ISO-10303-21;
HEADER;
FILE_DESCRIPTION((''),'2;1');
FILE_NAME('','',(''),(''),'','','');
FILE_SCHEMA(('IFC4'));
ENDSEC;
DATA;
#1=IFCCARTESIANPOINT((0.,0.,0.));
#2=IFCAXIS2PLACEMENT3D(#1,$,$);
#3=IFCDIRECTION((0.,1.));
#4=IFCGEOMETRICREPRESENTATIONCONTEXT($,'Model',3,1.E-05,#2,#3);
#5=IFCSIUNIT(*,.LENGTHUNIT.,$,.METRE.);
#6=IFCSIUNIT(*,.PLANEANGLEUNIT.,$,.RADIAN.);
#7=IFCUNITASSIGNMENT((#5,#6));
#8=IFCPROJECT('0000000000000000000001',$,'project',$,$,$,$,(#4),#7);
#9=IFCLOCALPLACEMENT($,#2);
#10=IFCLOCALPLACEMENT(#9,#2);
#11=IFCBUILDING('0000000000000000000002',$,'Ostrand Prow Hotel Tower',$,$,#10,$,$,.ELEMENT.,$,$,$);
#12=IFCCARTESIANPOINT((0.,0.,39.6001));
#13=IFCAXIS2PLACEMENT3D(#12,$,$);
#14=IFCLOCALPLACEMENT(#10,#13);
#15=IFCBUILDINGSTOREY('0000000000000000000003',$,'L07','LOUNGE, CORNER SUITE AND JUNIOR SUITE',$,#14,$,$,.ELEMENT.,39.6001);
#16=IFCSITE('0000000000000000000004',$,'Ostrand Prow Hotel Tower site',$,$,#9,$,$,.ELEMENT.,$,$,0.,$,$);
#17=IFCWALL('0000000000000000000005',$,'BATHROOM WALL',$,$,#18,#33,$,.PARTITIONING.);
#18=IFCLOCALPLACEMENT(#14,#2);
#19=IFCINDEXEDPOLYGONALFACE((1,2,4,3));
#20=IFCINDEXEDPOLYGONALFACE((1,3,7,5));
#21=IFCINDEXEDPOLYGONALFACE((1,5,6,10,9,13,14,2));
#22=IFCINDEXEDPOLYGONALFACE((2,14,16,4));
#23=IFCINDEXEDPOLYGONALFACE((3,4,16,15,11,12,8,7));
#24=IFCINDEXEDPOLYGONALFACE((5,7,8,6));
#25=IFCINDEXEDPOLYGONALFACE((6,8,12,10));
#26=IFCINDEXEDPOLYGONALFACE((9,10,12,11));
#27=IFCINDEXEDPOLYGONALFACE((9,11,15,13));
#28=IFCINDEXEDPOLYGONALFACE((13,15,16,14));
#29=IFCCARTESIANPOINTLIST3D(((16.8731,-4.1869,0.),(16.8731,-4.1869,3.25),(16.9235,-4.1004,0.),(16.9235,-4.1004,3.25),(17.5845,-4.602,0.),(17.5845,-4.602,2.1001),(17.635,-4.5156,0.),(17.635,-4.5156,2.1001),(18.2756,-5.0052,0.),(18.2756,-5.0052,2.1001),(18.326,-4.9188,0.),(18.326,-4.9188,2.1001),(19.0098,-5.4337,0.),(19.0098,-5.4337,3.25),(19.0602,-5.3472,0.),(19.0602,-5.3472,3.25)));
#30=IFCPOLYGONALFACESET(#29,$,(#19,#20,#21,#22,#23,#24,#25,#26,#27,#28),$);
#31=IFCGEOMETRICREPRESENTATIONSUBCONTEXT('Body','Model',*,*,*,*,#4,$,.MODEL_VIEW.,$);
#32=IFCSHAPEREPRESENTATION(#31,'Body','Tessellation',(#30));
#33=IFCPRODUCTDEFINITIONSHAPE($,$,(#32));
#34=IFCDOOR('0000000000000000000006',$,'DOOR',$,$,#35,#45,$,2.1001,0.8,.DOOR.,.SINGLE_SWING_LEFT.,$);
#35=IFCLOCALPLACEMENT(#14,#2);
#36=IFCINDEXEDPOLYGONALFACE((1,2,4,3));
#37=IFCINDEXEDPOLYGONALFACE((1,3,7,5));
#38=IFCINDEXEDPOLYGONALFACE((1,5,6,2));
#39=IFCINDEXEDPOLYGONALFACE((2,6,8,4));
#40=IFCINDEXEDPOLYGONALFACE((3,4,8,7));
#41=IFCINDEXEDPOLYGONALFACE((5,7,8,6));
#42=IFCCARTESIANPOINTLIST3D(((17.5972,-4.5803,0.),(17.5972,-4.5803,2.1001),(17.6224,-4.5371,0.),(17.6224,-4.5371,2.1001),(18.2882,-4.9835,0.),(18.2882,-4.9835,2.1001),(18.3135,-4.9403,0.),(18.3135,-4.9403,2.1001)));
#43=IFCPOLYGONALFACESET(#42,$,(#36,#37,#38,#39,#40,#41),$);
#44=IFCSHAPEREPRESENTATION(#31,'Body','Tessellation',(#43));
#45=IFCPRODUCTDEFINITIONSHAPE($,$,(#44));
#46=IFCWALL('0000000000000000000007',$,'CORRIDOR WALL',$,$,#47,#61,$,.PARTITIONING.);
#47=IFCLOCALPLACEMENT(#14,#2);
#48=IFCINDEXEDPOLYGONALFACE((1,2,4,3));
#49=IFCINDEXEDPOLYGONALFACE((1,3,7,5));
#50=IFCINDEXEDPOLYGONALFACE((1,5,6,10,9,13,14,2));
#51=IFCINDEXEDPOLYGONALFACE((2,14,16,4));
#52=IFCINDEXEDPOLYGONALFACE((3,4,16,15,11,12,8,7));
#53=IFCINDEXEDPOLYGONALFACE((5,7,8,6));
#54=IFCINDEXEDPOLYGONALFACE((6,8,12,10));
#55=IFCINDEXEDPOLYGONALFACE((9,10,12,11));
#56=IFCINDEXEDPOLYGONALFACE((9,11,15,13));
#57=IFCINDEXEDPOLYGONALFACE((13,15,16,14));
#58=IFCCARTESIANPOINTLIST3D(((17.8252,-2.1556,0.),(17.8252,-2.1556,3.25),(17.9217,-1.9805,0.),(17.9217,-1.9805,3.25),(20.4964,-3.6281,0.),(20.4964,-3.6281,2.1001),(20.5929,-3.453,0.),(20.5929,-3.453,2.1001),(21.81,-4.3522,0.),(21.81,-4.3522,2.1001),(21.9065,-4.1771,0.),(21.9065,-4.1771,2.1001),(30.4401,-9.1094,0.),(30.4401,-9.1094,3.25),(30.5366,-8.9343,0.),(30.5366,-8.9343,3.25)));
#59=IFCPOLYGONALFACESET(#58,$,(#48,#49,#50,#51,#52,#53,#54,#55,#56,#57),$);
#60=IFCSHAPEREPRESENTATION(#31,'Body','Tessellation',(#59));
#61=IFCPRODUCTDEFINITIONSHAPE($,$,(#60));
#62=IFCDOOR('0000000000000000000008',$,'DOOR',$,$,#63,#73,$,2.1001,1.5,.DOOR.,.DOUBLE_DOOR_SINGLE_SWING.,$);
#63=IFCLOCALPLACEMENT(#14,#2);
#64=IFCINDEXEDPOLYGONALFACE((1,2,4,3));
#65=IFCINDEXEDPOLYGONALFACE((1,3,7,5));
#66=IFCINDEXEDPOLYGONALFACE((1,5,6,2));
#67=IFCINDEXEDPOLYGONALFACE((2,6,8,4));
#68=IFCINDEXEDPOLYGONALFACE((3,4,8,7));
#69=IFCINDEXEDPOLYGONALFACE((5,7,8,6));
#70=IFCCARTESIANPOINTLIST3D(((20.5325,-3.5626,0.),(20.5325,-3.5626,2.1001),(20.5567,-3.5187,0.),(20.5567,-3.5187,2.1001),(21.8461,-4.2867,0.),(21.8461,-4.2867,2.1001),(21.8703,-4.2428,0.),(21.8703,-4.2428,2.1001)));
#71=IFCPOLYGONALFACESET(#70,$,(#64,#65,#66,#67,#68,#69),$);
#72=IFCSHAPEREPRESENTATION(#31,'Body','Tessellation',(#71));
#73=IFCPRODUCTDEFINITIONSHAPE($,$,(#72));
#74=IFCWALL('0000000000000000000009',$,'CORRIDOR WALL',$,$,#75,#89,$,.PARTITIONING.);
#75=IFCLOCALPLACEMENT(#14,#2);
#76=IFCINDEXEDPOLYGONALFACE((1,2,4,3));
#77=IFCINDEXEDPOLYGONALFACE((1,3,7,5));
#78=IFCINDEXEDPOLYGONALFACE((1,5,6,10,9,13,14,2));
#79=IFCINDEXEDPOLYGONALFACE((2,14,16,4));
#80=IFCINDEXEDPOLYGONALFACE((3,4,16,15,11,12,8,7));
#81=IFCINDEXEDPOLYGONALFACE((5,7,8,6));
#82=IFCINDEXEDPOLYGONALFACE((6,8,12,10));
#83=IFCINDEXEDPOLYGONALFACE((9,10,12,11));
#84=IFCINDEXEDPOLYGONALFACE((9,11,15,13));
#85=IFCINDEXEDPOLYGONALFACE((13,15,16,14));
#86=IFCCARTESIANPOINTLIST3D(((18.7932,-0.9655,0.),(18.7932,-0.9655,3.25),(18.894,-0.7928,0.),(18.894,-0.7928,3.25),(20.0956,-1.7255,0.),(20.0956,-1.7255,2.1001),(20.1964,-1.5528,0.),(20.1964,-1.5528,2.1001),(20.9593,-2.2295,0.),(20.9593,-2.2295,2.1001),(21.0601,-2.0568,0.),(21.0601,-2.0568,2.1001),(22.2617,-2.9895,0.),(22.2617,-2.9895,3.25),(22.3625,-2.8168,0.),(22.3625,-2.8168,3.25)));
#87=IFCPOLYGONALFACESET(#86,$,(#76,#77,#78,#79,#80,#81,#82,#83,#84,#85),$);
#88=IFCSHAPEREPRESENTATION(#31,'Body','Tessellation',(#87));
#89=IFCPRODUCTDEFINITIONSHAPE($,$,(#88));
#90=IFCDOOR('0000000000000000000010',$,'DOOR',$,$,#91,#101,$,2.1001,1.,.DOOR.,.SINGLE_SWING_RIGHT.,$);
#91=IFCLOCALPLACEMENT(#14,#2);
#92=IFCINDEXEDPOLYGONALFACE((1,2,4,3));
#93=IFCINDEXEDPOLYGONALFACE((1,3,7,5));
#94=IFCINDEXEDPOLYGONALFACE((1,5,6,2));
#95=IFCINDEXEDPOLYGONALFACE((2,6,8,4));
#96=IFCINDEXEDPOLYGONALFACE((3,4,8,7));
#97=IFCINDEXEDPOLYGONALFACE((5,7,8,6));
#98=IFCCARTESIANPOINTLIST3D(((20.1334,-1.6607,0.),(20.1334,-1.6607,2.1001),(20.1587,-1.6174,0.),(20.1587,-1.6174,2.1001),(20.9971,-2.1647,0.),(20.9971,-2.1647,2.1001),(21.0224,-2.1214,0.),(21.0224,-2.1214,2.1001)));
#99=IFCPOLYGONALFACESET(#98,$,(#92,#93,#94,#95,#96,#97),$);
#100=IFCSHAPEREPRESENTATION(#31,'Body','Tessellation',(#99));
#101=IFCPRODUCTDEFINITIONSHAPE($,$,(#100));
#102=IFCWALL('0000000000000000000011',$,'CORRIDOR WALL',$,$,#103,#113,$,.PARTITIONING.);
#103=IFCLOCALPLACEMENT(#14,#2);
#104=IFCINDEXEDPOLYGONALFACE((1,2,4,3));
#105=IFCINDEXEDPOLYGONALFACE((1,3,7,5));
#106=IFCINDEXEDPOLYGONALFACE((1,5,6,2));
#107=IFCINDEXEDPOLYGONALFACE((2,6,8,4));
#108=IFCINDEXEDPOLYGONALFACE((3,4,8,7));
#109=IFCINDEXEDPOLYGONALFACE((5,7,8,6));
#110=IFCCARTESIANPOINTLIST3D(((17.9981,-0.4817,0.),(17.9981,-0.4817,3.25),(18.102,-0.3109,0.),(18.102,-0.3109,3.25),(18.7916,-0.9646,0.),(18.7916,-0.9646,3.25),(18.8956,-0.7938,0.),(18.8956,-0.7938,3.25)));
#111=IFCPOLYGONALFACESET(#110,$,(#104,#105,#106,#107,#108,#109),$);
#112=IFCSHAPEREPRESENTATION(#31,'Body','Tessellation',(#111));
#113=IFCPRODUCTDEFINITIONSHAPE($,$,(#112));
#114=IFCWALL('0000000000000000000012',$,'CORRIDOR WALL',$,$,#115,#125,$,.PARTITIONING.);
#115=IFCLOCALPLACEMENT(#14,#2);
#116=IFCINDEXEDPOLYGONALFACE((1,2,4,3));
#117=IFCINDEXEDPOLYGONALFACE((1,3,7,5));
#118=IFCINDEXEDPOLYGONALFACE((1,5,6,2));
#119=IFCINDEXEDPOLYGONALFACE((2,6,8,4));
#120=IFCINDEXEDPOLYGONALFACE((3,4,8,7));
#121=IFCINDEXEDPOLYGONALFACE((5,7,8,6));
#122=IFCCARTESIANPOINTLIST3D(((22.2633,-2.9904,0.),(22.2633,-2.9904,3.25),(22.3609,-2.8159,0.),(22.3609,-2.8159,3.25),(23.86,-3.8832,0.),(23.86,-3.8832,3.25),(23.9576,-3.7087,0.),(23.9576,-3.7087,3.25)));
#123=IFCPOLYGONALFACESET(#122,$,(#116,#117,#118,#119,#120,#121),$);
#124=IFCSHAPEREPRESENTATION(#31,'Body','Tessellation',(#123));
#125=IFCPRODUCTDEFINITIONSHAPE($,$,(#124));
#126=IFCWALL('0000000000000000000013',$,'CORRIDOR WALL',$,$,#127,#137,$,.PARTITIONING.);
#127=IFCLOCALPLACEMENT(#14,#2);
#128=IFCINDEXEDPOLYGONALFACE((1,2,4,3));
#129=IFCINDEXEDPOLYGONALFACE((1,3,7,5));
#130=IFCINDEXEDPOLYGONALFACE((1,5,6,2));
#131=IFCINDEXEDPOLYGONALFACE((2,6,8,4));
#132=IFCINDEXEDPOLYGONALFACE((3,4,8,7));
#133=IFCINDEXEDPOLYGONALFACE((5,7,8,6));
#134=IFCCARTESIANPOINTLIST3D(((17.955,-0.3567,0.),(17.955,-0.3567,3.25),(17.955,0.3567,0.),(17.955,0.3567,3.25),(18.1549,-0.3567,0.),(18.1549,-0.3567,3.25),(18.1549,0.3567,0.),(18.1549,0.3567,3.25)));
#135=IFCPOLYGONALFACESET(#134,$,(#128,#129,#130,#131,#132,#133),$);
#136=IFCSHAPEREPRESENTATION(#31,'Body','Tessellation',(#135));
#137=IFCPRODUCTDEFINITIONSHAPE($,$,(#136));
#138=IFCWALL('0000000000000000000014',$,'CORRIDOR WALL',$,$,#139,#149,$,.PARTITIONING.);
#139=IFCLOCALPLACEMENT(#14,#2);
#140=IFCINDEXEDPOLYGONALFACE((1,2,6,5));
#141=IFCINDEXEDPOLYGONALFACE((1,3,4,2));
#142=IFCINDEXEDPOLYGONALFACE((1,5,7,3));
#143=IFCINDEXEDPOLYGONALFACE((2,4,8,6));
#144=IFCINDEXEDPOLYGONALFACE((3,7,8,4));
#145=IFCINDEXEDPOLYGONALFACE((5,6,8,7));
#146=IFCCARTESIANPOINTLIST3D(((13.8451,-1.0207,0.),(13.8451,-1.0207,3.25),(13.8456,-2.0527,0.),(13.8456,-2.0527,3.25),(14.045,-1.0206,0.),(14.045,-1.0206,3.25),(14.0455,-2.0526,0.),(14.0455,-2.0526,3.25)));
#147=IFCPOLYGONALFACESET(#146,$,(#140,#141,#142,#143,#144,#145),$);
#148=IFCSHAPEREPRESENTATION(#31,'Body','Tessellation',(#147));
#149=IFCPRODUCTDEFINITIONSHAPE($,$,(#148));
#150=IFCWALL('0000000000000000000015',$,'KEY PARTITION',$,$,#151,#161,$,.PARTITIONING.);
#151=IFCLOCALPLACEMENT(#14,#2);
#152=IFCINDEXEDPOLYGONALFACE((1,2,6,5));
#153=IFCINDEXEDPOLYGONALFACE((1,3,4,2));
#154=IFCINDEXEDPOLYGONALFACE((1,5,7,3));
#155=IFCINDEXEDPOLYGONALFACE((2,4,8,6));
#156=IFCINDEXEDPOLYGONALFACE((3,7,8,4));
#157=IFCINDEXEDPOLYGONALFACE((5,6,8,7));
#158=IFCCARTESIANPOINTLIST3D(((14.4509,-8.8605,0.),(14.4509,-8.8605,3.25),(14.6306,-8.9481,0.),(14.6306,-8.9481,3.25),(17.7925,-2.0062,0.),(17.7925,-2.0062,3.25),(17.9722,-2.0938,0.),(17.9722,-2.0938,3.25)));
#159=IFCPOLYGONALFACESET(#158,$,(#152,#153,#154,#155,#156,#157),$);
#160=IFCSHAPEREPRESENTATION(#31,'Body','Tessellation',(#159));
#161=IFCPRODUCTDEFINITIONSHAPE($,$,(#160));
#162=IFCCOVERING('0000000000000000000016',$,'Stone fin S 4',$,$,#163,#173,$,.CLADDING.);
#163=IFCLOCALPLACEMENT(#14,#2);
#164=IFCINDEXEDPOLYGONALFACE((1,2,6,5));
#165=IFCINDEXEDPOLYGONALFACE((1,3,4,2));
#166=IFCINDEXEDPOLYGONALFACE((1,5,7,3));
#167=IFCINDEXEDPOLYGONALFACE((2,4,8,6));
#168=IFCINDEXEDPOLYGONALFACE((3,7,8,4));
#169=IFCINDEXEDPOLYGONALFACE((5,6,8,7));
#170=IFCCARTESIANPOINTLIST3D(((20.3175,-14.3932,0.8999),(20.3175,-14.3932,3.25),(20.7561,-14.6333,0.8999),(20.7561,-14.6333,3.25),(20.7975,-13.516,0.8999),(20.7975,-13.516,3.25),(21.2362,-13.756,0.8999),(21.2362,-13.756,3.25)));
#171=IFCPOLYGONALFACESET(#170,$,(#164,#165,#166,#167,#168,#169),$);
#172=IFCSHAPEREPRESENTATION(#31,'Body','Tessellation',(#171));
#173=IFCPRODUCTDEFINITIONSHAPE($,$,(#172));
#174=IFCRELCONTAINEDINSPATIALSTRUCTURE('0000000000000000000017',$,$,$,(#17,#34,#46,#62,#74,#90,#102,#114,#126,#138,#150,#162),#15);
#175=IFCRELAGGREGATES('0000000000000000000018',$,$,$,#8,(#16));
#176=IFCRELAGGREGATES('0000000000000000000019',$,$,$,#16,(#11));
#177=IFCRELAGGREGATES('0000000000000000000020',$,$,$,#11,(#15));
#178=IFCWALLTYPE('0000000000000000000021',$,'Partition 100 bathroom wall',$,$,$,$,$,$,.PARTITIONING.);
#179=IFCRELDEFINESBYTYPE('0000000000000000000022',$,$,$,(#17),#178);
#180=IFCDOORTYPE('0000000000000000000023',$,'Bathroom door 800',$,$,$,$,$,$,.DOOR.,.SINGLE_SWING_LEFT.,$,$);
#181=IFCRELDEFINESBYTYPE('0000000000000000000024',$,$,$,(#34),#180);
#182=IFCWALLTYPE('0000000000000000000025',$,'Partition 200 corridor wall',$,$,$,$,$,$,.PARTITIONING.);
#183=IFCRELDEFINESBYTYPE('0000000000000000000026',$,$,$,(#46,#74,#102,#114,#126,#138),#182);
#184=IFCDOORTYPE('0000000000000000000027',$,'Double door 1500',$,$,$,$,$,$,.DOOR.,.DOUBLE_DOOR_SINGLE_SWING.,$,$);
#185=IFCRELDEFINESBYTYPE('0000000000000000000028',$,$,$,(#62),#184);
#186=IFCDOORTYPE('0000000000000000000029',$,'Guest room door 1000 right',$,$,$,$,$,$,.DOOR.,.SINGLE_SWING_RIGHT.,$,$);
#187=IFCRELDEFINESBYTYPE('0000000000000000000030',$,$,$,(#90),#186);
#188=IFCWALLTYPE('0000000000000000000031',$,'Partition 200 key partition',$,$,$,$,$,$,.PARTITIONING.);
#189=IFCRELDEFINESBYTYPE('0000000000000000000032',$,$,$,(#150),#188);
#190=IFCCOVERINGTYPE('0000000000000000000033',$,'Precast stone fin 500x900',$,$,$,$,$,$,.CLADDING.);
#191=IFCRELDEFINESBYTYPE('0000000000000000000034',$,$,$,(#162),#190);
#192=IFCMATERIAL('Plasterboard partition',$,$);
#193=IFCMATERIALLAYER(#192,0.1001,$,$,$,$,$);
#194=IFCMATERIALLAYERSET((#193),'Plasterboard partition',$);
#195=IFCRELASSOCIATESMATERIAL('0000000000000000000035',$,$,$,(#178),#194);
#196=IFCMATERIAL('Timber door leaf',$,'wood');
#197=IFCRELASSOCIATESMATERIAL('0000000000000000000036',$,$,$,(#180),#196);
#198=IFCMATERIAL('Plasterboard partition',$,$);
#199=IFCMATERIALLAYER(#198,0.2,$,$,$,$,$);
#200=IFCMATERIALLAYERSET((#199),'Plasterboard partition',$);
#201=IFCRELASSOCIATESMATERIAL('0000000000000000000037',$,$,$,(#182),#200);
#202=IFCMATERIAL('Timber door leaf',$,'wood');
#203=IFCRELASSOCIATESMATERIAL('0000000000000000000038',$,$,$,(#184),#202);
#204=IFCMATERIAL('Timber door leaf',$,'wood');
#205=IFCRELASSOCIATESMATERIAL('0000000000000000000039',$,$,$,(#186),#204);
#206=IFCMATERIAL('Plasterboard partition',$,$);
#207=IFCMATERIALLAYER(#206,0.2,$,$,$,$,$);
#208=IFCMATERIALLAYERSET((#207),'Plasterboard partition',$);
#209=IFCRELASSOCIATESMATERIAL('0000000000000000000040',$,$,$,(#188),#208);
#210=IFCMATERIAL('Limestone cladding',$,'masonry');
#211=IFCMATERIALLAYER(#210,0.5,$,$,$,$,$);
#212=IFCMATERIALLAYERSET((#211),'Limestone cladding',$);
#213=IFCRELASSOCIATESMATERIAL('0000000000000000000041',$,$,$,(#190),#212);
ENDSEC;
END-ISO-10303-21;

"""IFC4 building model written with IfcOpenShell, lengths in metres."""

from ifc_helpers import new_model, si_unit, direction, frame, frame_2d, origin, place, context, subcontext, project, spatial, rectangle, extrude, material, layer, layer_set, type_object, element, fill, save


model = new_model("IFC4")

# Units and contexts
model_context = context("Model", 3, precision=1e-05, world=origin(), true_north=direction((0.0, 1.0)))
body_context = subcontext(model_context, "Body", "Model", "MODEL_VIEW")
ifc_project = project(units=[si_unit("LENGTHUNIT", "METRE"), si_unit("PLANEANGLEUNIT", "RADIAN")], contexts=[model_context])

# Site, building, storey
site_placement = place(None, origin())
site = spatial("IfcSite", under=ifc_project, at=site_placement, Name="Ostrand Prow Hotel Tower site", CompositionType="ELEMENT", RefElevation=0.0)
building_placement = place(site_placement, origin())
building = spatial("IfcBuilding", under=site, at=building_placement, Name="Ostrand Prow Hotel Tower", CompositionType="ELEMENT")
storey_placement = place(building_placement, frame((0.0, 0.0, 39.6001)))
storey = spatial("IfcBuildingStorey", under=building, at=storey_placement, Name="L07", Description="LOUNGE, CORNER SUITE AND JUNIOR SUITE", CompositionType="ELEMENT", Elevation=39.6001)

# Shared definitions
ifc_material_1 = material(Name="Plasterboard partition")
ifc_layer_1 = layer(ifc_material_1, 0.1001)
ifc_layer_set_1 = layer_set([ifc_layer_1], Name="Plasterboard partition")
wall_type_1 = type_object("IfcWallType", Name="Partition 100 bathroom wall", PredefinedType="PARTITIONING", material=ifc_layer_set_1)

# Walls, openings, doors
wall_1_placement = place(storey_placement, frame((19.0349, -5.3904, 0.0), z_axis=(0.0, 0.0, 1.0), x_axis=(-0.863707, 0.503994, 0.0)))
wall_1 = element("IfcWall", 1, at=wall_1_placement, inside=storey, type_object=wall_type_1, Name="BATHROOM WALL", PredefinedType="PARTITIONING", context=body_context, shape_type="SweptSolid", body=[
    extrude(rectangle(XDim=2.4739, YDim=0.1001, at=frame_2d((1.2368, 0.0))), origin(), (0.0, 0.0, 1.0), 3.25),
])
opening_1_placement = place(wall_1_placement, frame((0.8501, 0.0, 0.0)))
opening_1 = element("IfcOpeningElement", 2, at=opening_1_placement, cuts=wall_1, PredefinedType="OPENING", context=body_context, shape_type="SweptSolid", body=[
    extrude(rectangle(XDim=0.8, YDim=2.1001, at=frame_2d((0.3999, 1.05))), frame((0.0, 0.0601, 0.0), z_axis=(0.0, -1.0, 0.0), x_axis=(1.0, 0.0, 0.0)), (0.0, 0.0, 1.0), 0.1201),
])
ifc_material_2 = material(Name="Timber door leaf", Category="wood")
door_type_1 = type_object("IfcDoorType", Name="Bathroom door 800", OperationType="SINGLE_SWING_LEFT", PredefinedType="DOOR", material=ifc_material_2)
door_1_placement = place(opening_1_placement, origin())
door_1 = element("IfcDoor", 3, at=door_1_placement, inside=storey, type_object=door_type_1, Name="DOOR", OperationType="SINGLE_SWING_LEFT", OverallHeight=2.1001, OverallWidth=0.8, PredefinedType="DOOR", context=body_context, shape_type="SweptSolid", body=[
    extrude(rectangle(XDim=0.8, YDim=2.1001, at=frame_2d((0.3999, 1.05))), frame((0.0, 0.0249, 0.0), z_axis=(0.0, -1.0, 0.0), x_axis=(1.0, 0.0, 0.0)), (0.0, 0.0, 1.0), 0.05),
])
fill(opening_1, door_1)
ifc_material_3 = material(Name="Plasterboard partition")
ifc_layer_2 = layer(ifc_material_3, 0.2)
ifc_layer_set_2 = layer_set([ifc_layer_2], Name="Plasterboard partition")
wall_type_2 = type_object("IfcWallType", Name="Partition 200 corridor wall", PredefinedType="PARTITIONING", material=ifc_layer_set_2)
wall_2_placement = place(storey_placement, frame((17.8735, -2.0681, 0.0), z_axis=(0.0, 0.0, 1.0), x_axis=(0.875758, -0.482751, 0.0)))
wall_2 = element("IfcWall", 4, at=wall_2_placement, inside=storey, type_object=wall_type_2, Name="CORRIDOR WALL", PredefinedType="PARTITIONING", context=body_context, shape_type="SweptSolid", body=[
    extrude(rectangle(XDim=14.4045, YDim=0.2, at=frame_2d((7.2021, 0.0))), origin(), (0.0, 0.0, 1.0), 3.25),
])
opening_2_placement = place(wall_2_placement, frame((3.05, 0.0, 0.0)))
opening_2 = element("IfcOpeningElement", 5, at=opening_2_placement, cuts=wall_2, PredefinedType="OPENING", context=body_context, shape_type="SweptSolid", body=[
    extrude(rectangle(XDim=1.5, YDim=2.1001, at=frame_2d((0.75, 1.05))), frame((0.0, 0.1099, 0.0), z_axis=(0.0, -1.0, 0.0), x_axis=(1.0, 0.0, 0.0)), (0.0, 0.0, 1.0), 0.22),
])
ifc_material_4 = material(Name="Timber door leaf", Category="wood")
door_type_2 = type_object("IfcDoorType", Name="Double door 1500", OperationType="DOUBLE_DOOR_SINGLE_SWING", PredefinedType="DOOR", material=ifc_material_4)
door_2_placement = place(opening_2_placement, origin())
door_2 = element("IfcDoor", 6, at=door_2_placement, inside=storey, type_object=door_type_2, Name="DOOR", OperationType="DOUBLE_DOOR_SINGLE_SWING", OverallHeight=2.1001, OverallWidth=1.5, PredefinedType="DOOR", context=body_context, shape_type="SweptSolid", body=[
    extrude(rectangle(XDim=1.5, YDim=2.1001, at=frame_2d((0.75, 1.05))), frame((0.0, 0.0249, 0.0), z_axis=(0.0, -1.0, 0.0), x_axis=(1.0, 0.0, 0.0)), (0.0, 0.0, 1.0), 0.05),
])
fill(opening_2, door_2)
wall_3_placement = place(storey_placement, frame((22.312, -2.9031, 0.0), z_axis=(0.0, 0.0, 1.0), x_axis=(-0.863711, 0.503988, 0.0)))
wall_3 = element("IfcWall", 7, at=wall_3_placement, inside=storey, type_object=wall_type_2, Name="CORRIDOR WALL", PredefinedType="PARTITIONING", context=body_context, shape_type="SweptSolid", body=[
    extrude(rectangle(XDim=4.0159, YDim=0.2, at=frame_2d((2.0078, 0.0))), origin(), (0.0, 0.0, 1.0), 3.25),
])
opening_3_placement = place(wall_3_placement, frame((1.5078, 0.0, 0.0)))
opening_3 = element("IfcOpeningElement", 8, at=opening_3_placement, cuts=wall_3, PredefinedType="OPENING", context=body_context, shape_type="SweptSolid", body=[
    extrude(rectangle(XDim=1.0, YDim=2.1001, at=frame_2d((0.5, 1.05))), frame((0.0, 0.1099, 0.0), z_axis=(0.0, -1.0, 0.0), x_axis=(1.0, 0.0, 0.0)), (0.0, 0.0, 1.0), 0.22),
])
ifc_material_5 = material(Name="Timber door leaf", Category="wood")
door_type_3 = type_object("IfcDoorType", Name="Guest room door 1000 right", OperationType="SINGLE_SWING_RIGHT", PredefinedType="DOOR", material=ifc_material_5)
door_3_placement = place(opening_3_placement, origin())
door_3 = element("IfcDoor", 9, at=door_3_placement, inside=storey, type_object=door_type_3, Name="DOOR", OperationType="SINGLE_SWING_RIGHT", OverallHeight=2.1001, OverallWidth=1.0, PredefinedType="DOOR", context=body_context, shape_type="SweptSolid", body=[
    extrude(rectangle(XDim=1.0, YDim=2.1001, at=frame_2d((0.5, 1.05))), frame((0.0, 0.0249, 0.0), z_axis=(0.0, -1.0, 0.0), x_axis=(1.0, 0.0, 0.0)), (0.0, 0.0, 1.0), 0.05),
])
fill(opening_3, door_3)

# Walls
wall_4_placement = place(storey_placement, frame((18.8435, -0.8792, 0.0), z_axis=(0.0, 0.0, 1.0), x_axis=(-0.854229, 0.519897, 0.0)))
element("IfcWall", 10, at=wall_4_placement, inside=storey, type_object=wall_type_2, Name="CORRIDOR WALL", PredefinedType="PARTITIONING", context=body_context, shape_type="SweptSolid", body=[
    extrude(rectangle(XDim=0.929, YDim=0.2, at=frame_2d((0.4644, 0.0))), origin(), (0.0, 0.0, 1.0), 3.25),
])
wall_5_placement = place(storey_placement, frame((23.9087, -3.7959, 0.0), z_axis=(0.0, 0.0, 1.0), x_axis=(-0.872813, 0.488055, 0.0)))
element("IfcWall", 11, at=wall_5_placement, inside=storey, type_object=wall_type_2, Name="CORRIDOR WALL", PredefinedType="PARTITIONING", context=body_context, shape_type="SweptSolid", body=[
    extrude(rectangle(XDim=1.8293, YDim=0.2, at=frame_2d((0.9146, 0.0))), origin(), (0.0, 0.0, 1.0), 3.25),
])
wall_6_placement = place(storey_placement, frame((18.0549, -0.3567, 0.0), z_axis=(0.0, 0.0, 1.0), x_axis=(0.0, 1.0, 0.0)))
element("IfcWall", 12, at=wall_6_placement, inside=storey, type_object=wall_type_2, Name="CORRIDOR WALL", PredefinedType="PARTITIONING", context=body_context, shape_type="SweptSolid", body=[
    extrude(rectangle(XDim=0.7134, YDim=0.2, at=frame_2d((0.3567, 0.0))), origin(), (0.0, 0.0, 1.0), 3.25),
])
wall_7_placement = place(storey_placement, frame((13.9451, -1.0205, 0.0), z_axis=(0.0, 0.0, 1.0), x_axis=(0.000473, -1.0, 0.0)))
element("IfcWall", 13, at=wall_7_placement, inside=storey, type_object=wall_type_2, Name="CORRIDOR WALL", PredefinedType="PARTITIONING", context=body_context, shape_type="SweptSolid", body=[
    extrude(rectangle(XDim=1.032, YDim=0.2, at=frame_2d((0.5161, 0.0))), origin(), (0.0, 0.0, 1.0), 3.25),
])
ifc_material_6 = material(Name="Plasterboard partition")
ifc_layer_3 = layer(ifc_material_6, 0.2)
ifc_layer_set_3 = layer_set([ifc_layer_3], Name="Plasterboard partition")
wall_type_3 = type_object("IfcWallType", Name="Partition 200 key partition", PredefinedType="PARTITIONING", material=ifc_layer_set_3)
wall_8_placement = place(storey_placement, frame((14.5408, -8.9043, 0.0), z_axis=(0.0, 0.0, 1.0), x_axis=(0.438214, 0.898871, 0.0)))
element("IfcWall", 14, at=wall_8_placement, inside=storey, type_object=wall_type_3, Name="KEY PARTITION", PredefinedType="PARTITIONING", context=body_context, shape_type="SweptSolid", body=[
    extrude(rectangle(XDim=7.6255, YDim=0.2, at=frame_2d((3.8127, 0.0))), origin(), (0.0, 0.0, 1.0), 3.25),
])

# Covering
ifc_material_7 = material(Name="Limestone cladding", Category="masonry")
ifc_layer_4 = layer(ifc_material_7, 0.5)
ifc_layer_set_4 = layer_set([ifc_layer_4], Name="Limestone cladding")
covering_type = type_object("IfcCoveringType", Name="Precast stone fin 500x900", PredefinedType="CLADDING", material=ifc_layer_set_4)
covering_placement = place(storey_placement, frame((21.0168, -13.636, 0.8999), z_axis=(0.0, 0.0, 1.0), x_axis=(-0.480015, -0.87726, 0.0)))
element("IfcCovering", 15, at=covering_placement, inside=storey, type_object=covering_type, Name="Stone fin S 4", PredefinedType="CLADDING", context=body_context, shape_type="SweptSolid", body=[
    extrude(rectangle(XDim=1.0, YDim=0.5, at=frame_2d((0.5, 0.0))), origin(), (0.0, 0.0, 1.0), 2.3501),
])

save(model, "model.ifc")
